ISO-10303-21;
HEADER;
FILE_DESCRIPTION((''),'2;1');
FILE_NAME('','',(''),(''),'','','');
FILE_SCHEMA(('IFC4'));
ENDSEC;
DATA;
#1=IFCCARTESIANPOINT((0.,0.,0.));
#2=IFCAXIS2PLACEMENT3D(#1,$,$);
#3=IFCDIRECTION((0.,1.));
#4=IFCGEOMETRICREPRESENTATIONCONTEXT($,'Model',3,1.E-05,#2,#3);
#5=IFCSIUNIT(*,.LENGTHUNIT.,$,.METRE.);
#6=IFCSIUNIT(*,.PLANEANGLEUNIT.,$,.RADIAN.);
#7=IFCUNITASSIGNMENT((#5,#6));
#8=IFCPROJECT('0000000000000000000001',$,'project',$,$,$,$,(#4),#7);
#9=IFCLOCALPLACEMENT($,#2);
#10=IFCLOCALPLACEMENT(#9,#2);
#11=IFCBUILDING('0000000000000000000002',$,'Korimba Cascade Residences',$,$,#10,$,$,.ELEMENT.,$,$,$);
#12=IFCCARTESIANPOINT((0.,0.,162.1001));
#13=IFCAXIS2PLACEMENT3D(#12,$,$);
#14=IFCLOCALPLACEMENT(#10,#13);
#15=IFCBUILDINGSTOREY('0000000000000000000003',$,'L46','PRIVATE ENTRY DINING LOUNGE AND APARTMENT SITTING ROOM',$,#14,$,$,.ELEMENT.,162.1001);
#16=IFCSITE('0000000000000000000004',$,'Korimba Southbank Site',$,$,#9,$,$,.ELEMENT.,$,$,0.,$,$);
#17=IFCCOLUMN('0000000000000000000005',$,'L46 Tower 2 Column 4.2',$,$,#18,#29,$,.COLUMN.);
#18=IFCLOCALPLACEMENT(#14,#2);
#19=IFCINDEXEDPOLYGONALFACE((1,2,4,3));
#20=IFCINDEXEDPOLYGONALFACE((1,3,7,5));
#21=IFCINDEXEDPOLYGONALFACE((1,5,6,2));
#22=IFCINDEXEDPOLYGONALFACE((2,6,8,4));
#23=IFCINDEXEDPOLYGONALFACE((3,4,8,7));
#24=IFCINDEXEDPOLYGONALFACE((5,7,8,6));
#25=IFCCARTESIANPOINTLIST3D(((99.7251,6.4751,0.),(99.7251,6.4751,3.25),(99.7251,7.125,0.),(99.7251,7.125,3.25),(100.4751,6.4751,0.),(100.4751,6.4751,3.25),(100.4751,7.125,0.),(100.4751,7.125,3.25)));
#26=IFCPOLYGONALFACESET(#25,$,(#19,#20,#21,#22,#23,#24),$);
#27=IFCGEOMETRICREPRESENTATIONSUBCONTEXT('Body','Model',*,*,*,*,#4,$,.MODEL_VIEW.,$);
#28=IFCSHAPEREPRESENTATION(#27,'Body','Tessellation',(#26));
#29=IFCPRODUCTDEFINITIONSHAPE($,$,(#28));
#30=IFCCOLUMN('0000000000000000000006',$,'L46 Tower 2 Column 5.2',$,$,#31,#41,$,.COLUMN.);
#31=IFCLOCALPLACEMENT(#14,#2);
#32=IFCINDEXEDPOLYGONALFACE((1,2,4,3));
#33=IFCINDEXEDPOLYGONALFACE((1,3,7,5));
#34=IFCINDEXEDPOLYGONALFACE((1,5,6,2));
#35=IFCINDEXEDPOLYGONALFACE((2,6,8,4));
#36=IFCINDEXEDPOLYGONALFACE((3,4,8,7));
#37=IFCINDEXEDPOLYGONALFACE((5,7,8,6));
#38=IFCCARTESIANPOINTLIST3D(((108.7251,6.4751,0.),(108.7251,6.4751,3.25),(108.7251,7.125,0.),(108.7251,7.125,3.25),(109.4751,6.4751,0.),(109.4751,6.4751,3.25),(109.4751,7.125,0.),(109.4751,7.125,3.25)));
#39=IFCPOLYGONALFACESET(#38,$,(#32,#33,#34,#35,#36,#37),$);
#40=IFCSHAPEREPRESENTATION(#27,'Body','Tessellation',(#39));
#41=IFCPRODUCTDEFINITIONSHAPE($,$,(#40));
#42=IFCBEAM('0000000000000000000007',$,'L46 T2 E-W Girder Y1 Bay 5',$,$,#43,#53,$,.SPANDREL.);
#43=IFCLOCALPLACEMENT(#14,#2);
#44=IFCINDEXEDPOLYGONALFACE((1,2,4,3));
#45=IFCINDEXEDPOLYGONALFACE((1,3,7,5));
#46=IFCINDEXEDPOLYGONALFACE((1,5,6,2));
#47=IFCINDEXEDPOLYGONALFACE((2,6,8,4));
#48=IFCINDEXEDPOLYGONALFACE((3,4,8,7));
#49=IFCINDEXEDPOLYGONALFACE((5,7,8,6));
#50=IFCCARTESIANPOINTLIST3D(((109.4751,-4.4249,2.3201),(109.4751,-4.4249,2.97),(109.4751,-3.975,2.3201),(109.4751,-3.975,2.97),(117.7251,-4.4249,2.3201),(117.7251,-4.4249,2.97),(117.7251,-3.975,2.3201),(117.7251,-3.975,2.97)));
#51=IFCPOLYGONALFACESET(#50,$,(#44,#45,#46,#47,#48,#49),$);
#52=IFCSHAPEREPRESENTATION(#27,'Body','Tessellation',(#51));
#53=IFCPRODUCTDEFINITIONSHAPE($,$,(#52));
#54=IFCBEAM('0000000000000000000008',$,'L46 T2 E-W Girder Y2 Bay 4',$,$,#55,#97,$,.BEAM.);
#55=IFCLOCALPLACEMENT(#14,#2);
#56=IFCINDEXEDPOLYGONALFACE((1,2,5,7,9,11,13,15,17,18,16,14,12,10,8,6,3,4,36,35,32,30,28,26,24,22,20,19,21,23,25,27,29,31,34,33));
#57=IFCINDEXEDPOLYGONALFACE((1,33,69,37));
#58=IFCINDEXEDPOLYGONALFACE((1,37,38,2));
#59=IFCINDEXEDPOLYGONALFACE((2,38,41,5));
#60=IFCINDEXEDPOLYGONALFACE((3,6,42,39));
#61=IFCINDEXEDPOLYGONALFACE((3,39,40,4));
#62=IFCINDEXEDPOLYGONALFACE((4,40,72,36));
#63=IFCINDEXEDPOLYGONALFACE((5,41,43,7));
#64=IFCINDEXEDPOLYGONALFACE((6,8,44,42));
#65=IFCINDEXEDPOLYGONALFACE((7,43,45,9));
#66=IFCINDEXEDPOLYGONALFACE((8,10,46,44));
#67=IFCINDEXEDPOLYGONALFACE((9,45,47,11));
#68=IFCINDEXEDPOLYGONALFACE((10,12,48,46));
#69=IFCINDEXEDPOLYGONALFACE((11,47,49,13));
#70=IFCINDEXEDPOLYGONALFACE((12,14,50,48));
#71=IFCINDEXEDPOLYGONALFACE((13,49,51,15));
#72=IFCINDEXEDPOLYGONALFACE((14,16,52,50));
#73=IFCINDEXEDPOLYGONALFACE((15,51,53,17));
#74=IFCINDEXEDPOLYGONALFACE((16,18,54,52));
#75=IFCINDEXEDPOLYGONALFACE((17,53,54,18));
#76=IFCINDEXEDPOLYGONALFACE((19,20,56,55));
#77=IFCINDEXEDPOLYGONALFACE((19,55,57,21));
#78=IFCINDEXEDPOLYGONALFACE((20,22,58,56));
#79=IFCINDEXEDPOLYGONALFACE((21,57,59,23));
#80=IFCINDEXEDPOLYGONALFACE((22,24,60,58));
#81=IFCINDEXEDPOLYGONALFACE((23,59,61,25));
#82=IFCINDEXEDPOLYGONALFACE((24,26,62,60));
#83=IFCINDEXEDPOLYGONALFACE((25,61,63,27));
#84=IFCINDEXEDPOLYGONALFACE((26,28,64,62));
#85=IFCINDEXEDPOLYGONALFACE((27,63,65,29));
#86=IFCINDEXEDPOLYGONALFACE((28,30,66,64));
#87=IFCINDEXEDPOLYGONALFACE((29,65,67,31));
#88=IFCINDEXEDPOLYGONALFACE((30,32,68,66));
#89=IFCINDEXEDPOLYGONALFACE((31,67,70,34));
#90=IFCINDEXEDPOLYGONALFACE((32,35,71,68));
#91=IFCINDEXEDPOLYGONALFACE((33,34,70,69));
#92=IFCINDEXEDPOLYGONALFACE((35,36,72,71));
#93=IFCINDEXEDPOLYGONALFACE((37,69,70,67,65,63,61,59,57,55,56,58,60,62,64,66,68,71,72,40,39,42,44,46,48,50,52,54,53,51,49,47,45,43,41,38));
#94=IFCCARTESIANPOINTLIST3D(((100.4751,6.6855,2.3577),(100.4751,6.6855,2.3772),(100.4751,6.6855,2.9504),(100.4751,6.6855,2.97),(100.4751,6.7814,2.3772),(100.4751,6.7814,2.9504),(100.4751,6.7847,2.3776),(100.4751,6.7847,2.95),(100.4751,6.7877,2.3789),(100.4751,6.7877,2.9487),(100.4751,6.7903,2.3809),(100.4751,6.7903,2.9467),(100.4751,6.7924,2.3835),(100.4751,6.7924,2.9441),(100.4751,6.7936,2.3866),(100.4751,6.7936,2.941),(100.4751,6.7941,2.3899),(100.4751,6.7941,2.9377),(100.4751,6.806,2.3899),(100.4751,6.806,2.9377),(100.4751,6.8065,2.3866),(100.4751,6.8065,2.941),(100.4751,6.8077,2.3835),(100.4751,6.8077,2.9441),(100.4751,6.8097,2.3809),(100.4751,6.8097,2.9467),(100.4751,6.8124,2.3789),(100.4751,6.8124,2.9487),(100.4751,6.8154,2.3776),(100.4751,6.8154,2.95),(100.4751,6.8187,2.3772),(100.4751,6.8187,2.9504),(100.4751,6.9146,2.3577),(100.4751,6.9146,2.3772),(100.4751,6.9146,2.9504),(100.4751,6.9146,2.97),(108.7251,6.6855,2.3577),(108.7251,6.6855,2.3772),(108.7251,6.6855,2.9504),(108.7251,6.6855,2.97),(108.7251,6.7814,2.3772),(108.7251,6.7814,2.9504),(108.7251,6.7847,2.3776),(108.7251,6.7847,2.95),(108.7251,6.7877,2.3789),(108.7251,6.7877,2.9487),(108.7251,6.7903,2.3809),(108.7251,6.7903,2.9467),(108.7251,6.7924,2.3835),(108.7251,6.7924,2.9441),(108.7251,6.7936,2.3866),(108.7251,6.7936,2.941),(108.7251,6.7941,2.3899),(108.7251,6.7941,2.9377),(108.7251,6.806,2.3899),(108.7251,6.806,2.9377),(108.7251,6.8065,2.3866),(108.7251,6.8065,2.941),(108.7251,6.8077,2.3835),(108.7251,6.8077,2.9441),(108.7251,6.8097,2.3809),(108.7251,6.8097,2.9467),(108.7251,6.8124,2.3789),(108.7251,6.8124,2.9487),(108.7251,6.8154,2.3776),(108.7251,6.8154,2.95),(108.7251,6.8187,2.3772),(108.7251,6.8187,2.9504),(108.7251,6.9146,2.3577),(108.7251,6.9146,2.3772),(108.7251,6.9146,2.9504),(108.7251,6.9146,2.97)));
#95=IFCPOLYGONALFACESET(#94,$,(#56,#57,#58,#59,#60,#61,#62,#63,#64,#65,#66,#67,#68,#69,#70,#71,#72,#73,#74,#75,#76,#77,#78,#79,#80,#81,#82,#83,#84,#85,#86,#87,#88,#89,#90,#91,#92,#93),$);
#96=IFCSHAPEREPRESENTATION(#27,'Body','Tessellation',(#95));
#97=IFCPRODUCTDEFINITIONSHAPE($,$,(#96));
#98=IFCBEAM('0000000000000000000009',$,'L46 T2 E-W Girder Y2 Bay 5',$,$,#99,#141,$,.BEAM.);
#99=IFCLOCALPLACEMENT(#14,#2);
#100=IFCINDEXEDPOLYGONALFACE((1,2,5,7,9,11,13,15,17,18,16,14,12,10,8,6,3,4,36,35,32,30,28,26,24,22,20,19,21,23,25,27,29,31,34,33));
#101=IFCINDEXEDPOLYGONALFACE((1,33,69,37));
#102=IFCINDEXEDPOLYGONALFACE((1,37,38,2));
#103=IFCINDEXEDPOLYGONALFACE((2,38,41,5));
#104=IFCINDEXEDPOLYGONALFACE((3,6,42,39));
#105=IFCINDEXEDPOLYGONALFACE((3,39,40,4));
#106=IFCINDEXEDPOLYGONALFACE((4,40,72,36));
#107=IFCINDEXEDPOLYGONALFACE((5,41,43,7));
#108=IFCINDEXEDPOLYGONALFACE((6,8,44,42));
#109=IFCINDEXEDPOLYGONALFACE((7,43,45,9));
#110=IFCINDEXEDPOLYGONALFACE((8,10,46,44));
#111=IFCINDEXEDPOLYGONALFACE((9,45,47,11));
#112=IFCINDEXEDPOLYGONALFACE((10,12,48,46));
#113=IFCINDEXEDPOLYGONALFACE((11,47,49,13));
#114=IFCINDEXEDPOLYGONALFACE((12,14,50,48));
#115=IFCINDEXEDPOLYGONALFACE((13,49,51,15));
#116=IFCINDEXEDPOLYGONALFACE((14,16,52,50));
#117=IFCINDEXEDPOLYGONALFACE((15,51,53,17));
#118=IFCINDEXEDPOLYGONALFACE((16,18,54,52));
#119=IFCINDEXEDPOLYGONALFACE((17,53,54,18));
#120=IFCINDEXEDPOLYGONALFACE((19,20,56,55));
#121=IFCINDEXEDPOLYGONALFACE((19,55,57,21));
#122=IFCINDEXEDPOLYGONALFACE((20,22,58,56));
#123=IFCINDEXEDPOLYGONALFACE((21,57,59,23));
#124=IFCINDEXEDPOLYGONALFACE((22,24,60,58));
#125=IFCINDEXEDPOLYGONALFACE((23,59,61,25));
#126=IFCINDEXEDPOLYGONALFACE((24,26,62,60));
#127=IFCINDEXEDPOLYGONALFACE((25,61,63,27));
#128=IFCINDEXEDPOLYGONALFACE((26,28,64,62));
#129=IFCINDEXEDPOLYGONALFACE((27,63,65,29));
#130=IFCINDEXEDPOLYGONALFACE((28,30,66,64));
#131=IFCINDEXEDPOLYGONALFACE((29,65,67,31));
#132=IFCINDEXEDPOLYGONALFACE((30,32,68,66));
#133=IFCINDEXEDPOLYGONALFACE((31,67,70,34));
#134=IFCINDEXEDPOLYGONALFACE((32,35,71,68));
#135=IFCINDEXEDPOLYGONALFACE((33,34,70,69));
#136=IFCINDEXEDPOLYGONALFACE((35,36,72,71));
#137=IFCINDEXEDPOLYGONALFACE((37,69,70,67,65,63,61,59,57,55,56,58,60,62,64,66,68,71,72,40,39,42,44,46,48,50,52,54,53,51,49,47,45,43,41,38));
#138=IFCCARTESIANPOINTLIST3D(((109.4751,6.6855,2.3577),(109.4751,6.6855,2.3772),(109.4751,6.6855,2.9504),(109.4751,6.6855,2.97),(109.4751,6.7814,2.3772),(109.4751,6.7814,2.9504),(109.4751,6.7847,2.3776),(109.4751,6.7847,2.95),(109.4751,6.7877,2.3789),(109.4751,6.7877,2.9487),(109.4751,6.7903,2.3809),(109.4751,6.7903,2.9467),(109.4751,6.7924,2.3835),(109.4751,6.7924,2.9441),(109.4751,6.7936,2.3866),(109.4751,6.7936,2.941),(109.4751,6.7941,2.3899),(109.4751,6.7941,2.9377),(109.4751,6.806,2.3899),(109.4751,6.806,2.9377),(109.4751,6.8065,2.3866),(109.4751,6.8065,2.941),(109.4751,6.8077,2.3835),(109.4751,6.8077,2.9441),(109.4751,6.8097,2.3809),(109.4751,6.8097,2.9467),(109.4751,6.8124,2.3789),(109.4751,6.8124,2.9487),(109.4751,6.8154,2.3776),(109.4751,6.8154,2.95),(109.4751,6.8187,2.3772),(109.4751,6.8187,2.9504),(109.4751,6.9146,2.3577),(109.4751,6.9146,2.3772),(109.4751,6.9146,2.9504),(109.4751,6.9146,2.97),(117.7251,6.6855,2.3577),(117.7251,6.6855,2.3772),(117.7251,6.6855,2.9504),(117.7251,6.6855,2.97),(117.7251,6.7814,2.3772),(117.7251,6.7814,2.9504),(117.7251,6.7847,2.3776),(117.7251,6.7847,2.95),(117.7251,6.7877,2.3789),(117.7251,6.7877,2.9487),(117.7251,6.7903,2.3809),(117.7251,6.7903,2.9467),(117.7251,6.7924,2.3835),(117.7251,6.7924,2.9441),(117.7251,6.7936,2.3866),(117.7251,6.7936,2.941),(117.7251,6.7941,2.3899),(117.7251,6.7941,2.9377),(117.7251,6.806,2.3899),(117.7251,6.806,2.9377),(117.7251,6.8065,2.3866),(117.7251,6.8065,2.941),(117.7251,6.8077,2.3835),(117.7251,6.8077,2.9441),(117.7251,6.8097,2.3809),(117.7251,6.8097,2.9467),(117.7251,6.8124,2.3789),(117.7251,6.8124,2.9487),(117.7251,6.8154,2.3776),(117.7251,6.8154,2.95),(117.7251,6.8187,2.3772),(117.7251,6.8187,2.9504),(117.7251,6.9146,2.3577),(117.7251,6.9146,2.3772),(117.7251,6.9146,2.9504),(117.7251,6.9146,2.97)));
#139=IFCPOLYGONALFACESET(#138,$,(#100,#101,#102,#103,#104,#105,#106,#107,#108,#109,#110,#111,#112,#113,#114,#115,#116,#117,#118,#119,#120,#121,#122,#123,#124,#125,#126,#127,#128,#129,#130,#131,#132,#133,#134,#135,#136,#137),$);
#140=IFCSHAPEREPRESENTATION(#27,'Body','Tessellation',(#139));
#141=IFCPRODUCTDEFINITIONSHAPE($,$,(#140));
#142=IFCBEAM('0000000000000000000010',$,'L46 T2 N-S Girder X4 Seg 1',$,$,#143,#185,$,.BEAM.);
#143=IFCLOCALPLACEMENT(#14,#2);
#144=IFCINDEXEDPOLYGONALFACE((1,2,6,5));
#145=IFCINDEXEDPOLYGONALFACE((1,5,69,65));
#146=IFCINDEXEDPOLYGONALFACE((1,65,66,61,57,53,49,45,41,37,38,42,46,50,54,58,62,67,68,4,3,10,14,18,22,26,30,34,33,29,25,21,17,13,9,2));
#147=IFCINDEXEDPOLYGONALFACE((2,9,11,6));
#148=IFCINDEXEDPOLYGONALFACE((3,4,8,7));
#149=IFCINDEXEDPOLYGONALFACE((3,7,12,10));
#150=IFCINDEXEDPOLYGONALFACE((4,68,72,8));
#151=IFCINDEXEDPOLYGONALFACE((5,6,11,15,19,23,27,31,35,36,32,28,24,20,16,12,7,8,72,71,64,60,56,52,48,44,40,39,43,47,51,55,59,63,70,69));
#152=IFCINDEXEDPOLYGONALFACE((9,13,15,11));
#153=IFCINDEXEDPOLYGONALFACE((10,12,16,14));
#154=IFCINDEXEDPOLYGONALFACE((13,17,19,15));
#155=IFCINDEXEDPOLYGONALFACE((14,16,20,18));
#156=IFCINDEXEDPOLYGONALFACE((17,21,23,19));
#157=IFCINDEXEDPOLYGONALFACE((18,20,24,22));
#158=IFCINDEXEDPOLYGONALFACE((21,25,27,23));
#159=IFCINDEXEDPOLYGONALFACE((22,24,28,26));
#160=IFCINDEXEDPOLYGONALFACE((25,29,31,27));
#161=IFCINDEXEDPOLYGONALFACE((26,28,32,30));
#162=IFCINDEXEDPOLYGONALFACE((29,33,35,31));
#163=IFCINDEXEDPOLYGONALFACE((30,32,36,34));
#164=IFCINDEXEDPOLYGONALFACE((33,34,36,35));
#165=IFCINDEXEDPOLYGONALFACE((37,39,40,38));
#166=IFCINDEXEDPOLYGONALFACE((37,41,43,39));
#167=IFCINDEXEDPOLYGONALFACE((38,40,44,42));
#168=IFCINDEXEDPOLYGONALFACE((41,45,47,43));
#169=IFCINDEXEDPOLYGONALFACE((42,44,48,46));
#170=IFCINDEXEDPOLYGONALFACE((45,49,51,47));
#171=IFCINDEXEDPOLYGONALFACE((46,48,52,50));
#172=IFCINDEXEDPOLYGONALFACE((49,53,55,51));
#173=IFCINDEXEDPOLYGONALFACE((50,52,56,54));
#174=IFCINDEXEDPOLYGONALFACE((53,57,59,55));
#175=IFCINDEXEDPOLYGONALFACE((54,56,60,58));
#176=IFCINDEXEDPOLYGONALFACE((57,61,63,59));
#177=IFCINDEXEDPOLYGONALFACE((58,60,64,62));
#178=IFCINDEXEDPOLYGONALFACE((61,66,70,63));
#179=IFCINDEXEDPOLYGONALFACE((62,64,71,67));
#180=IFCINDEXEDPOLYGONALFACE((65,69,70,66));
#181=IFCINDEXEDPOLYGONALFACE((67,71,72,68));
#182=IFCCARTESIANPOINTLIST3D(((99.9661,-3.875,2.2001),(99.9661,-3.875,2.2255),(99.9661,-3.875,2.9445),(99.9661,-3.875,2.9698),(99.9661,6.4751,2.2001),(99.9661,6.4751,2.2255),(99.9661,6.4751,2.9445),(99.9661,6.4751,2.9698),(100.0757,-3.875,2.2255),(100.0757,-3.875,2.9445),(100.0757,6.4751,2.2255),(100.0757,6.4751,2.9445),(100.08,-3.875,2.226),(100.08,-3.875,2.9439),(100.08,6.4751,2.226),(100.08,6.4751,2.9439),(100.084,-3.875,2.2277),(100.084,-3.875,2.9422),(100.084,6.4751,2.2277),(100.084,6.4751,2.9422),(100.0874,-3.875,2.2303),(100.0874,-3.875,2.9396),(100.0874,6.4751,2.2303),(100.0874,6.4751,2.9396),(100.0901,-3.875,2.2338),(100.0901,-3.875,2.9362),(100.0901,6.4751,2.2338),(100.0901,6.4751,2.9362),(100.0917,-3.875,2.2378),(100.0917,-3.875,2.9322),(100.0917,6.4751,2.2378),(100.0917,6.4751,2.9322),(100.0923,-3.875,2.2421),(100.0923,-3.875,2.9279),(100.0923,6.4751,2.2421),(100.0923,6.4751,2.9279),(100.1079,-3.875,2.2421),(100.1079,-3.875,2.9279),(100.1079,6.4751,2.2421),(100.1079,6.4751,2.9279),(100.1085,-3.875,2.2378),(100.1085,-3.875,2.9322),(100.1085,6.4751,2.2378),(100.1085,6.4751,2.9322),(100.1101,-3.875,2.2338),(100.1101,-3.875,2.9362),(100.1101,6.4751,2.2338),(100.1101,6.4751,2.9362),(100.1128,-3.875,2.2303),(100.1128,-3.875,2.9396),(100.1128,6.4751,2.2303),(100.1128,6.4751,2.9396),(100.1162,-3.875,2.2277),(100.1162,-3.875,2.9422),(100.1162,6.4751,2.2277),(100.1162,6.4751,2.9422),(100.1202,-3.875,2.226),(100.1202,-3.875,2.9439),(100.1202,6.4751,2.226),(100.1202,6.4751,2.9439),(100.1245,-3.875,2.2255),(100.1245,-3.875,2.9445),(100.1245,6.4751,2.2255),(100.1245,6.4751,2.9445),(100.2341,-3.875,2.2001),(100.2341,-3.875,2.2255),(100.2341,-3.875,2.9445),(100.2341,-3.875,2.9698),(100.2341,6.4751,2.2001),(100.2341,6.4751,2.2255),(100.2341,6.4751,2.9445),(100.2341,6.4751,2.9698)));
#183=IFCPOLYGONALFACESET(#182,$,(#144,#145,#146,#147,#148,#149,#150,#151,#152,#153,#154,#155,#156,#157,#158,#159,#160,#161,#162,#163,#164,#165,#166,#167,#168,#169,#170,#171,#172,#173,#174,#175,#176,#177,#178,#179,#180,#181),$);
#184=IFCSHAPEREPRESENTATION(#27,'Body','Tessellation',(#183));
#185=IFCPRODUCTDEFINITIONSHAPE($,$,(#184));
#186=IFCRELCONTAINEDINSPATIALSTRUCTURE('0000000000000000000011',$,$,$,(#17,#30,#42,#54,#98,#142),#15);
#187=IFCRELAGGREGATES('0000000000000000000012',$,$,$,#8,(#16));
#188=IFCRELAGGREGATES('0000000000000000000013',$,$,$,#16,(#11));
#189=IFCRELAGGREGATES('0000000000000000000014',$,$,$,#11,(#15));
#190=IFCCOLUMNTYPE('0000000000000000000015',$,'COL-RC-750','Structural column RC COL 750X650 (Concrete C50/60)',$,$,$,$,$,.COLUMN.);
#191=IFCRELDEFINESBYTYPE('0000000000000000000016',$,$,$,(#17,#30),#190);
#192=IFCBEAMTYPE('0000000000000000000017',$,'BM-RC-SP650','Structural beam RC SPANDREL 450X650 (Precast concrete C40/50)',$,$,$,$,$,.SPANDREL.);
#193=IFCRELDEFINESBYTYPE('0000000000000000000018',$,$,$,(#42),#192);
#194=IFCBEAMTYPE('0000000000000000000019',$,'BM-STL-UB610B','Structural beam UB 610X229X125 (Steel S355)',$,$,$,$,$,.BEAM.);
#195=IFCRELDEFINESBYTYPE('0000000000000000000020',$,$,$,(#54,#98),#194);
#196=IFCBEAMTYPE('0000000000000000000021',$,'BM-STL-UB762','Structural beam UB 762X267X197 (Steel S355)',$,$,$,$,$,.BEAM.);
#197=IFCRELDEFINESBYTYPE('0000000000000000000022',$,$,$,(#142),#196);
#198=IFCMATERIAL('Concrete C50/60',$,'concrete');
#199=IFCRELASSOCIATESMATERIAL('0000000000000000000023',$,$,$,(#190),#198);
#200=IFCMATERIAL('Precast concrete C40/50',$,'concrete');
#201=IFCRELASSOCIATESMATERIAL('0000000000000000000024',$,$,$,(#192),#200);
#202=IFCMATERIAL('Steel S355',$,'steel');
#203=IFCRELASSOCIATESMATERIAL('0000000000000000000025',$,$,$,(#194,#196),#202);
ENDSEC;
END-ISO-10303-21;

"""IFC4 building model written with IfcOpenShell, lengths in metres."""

from ifc_helpers import new_model, si_unit, direction, frame, origin, origin_2d, place, context, subcontext, project, spatial, rectangle, i_section, extrude, material, material_profile, profile_set, type_object, element, save


model = new_model("IFC4")

# Units and contexts
model_context = context("Model", 3, precision=1e-05, world=origin(), true_north=direction((0.0, 1.0)))
body_context = subcontext(model_context, "Body", "Model", "MODEL_VIEW")
ifc_project = project(units=[si_unit("LENGTHUNIT", "METRE"), si_unit("PLANEANGLEUNIT", "RADIAN")], contexts=[model_context])

# Site, building, storey
site_placement = place(None, origin())
site = spatial("IfcSite", under=ifc_project, at=site_placement, Name="Korimba Southbank Site", CompositionType="ELEMENT", RefElevation=0.0)
building_placement = place(site_placement, origin())
building = spatial("IfcBuilding", under=site, at=building_placement, Name="Korimba Cascade Residences", CompositionType="ELEMENT")
storey_placement = place(building_placement, frame((0.0, 0.0, 162.1001)))
storey = spatial("IfcBuildingStorey", under=building, at=storey_placement, Name="L46", Description="PRIVATE ENTRY DINING LOUNGE AND APARTMENT SITTING ROOM", CompositionType="ELEMENT", Elevation=162.1001)

# Columns
ifc_material_1 = material(Name="Concrete C50/60", Category="concrete")
ifc_material_profile_1 = material_profile(ifc_material_1, rectangle(XDim=0.75, YDim=0.6499, at=origin_2d()), Name="Concrete C50/60")
ifc_profile_set_1 = profile_set([ifc_material_profile_1], Name="Concrete C50/60")
column_type = type_object("IfcColumnType", Name="COL-RC-750", Description="Structural column RC COL 750X650 (Concrete C50/60)", PredefinedType="COLUMN", material=ifc_profile_set_1)
for number, where, z_axis, x_axis, name in (
    (1, (100.1001, 6.8, 0.0), (0.0, 0.0, 1.0), (1.0, 0.0, 0.0), "L46 Tower 2 Column 4.2"),
    (2, (109.1001, 6.8, 0.0), (0.0, 0.0, 1.0), (1.0, 0.0, 0.0), "L46 Tower 2 Column 5.2"),
):
    element("IfcColumn", number, at=place(storey_placement, frame(where, z_axis=z_axis, x_axis=x_axis)), inside=storey, type_object=column_type, Name=name, PredefinedType="COLUMN", context=body_context, shape_type="SweptSolid", body=[
        extrude(rectangle(XDim=0.75, YDim=0.6499, at=origin_2d()), origin(), (0.0, 0.0, 1.0), 3.25),
    ])

# Beams
ifc_material_2 = material(Name="Precast concrete C40/50", Category="concrete")
ifc_material_profile_2 = material_profile(ifc_material_2, rectangle(XDim=0.45, YDim=0.6499, at=origin_2d()), Name="Precast concrete C40/50")
ifc_profile_set_2 = profile_set([ifc_material_profile_2], Name="Precast concrete C40/50")
beam_type_1 = type_object("IfcBeamType", Name="BM-RC-SP650", Description="Structural beam RC SPANDREL 450X650 (Precast concrete C40/50)", PredefinedType="SPANDREL", material=ifc_profile_set_2)
beam_placement = place(storey_placement, frame((109.4751, -4.2, 2.645), z_axis=(1.0, 0.0, 0.0), x_axis=(0.0, 1.0, 0.0)))
element("IfcBeam", 3, at=beam_placement, inside=storey, type_object=beam_type_1, Name="L46 T2 E-W Girder Y1 Bay 5", PredefinedType="SPANDREL", context=body_context, shape_type="SweptSolid", body=[
    extrude(rectangle(XDim=0.45, YDim=0.6499, at=origin_2d()), origin(), (0.0, 0.0, 1.0), 8.25),
])
ifc_material_3 = material(Name="Steel S355", Category="steel")
ifc_material_profile_3 = material_profile(ifc_material_3, i_section(OverallWidth=0.229, OverallDepth=0.6123, WebThickness=0.012, FlangeThickness=0.0195, FilletRadius=0.0127, at=origin_2d()), Name="Steel S355")
ifc_profile_set_3 = profile_set([ifc_material_profile_3], Name="Steel S355")
beam_type_2 = type_object("IfcBeamType", Name="BM-STL-UB610B", Description="Structural beam UB 610X229X125 (Steel S355)", PredefinedType="BEAM", material=ifc_profile_set_3)
for number, where, z_axis, x_axis, name in (
    (4, (100.4751, 6.8, 2.6638), (1.0, 0.0, 0.0), (0.0, 1.0, 0.0), "L46 T2 E-W Girder Y2 Bay 4"),
    (5, (109.4751, 6.8, 2.6638), (1.0, 0.0, 0.0), (0.0, 1.0, 0.0), "L46 T2 E-W Girder Y2 Bay 5"),
):
    element("IfcBeam", number, at=place(storey_placement, frame(where, z_axis=z_axis, x_axis=x_axis)), inside=storey, type_object=beam_type_2, Name=name, PredefinedType="BEAM", context=body_context, shape_type="SweptSolid", body=[
        extrude(i_section(OverallWidth=0.229, OverallDepth=0.6123, WebThickness=0.012, FlangeThickness=0.0195, FilletRadius=0.0127, at=origin_2d()), origin(), (0.0, 0.0, 1.0), 8.25),
    ])
ifc_material_profile_4 = material_profile(ifc_material_3, i_section(OverallWidth=0.2681, OverallDepth=0.7698, WebThickness=0.0156, FlangeThickness=0.0254, FilletRadius=0.0166, at=origin_2d()), Name="Steel S355")
ifc_profile_set_4 = profile_set([ifc_material_profile_4], Name="Steel S355")
beam_type_3 = type_object("IfcBeamType", Name="BM-STL-UB762", Description="Structural beam UB 762X267X197 (Steel S355)", PredefinedType="BEAM", material=ifc_profile_set_4)
for number, where, z_axis, x_axis, name in (
    (6, (100.1001, -3.875, 2.585), (0.0, 1.0, 0.0), (-1.0, 0.0, 0.0), "L46 T2 N-S Girder X4 Seg 1"),
):
    element("IfcBeam", number, at=place(storey_placement, frame(where, z_axis=z_axis, x_axis=x_axis)), inside=storey, type_object=beam_type_3, Name=name, PredefinedType="BEAM", context=body_context, shape_type="SweptSolid", body=[
        extrude(i_section(OverallWidth=0.2681, OverallDepth=0.7698, WebThickness=0.0156, FlangeThickness=0.0254, FilletRadius=0.0166, at=origin_2d()), origin(), (0.0, 0.0, 1.0), 10.3501),
    ])

save(model, "model.ifc")
